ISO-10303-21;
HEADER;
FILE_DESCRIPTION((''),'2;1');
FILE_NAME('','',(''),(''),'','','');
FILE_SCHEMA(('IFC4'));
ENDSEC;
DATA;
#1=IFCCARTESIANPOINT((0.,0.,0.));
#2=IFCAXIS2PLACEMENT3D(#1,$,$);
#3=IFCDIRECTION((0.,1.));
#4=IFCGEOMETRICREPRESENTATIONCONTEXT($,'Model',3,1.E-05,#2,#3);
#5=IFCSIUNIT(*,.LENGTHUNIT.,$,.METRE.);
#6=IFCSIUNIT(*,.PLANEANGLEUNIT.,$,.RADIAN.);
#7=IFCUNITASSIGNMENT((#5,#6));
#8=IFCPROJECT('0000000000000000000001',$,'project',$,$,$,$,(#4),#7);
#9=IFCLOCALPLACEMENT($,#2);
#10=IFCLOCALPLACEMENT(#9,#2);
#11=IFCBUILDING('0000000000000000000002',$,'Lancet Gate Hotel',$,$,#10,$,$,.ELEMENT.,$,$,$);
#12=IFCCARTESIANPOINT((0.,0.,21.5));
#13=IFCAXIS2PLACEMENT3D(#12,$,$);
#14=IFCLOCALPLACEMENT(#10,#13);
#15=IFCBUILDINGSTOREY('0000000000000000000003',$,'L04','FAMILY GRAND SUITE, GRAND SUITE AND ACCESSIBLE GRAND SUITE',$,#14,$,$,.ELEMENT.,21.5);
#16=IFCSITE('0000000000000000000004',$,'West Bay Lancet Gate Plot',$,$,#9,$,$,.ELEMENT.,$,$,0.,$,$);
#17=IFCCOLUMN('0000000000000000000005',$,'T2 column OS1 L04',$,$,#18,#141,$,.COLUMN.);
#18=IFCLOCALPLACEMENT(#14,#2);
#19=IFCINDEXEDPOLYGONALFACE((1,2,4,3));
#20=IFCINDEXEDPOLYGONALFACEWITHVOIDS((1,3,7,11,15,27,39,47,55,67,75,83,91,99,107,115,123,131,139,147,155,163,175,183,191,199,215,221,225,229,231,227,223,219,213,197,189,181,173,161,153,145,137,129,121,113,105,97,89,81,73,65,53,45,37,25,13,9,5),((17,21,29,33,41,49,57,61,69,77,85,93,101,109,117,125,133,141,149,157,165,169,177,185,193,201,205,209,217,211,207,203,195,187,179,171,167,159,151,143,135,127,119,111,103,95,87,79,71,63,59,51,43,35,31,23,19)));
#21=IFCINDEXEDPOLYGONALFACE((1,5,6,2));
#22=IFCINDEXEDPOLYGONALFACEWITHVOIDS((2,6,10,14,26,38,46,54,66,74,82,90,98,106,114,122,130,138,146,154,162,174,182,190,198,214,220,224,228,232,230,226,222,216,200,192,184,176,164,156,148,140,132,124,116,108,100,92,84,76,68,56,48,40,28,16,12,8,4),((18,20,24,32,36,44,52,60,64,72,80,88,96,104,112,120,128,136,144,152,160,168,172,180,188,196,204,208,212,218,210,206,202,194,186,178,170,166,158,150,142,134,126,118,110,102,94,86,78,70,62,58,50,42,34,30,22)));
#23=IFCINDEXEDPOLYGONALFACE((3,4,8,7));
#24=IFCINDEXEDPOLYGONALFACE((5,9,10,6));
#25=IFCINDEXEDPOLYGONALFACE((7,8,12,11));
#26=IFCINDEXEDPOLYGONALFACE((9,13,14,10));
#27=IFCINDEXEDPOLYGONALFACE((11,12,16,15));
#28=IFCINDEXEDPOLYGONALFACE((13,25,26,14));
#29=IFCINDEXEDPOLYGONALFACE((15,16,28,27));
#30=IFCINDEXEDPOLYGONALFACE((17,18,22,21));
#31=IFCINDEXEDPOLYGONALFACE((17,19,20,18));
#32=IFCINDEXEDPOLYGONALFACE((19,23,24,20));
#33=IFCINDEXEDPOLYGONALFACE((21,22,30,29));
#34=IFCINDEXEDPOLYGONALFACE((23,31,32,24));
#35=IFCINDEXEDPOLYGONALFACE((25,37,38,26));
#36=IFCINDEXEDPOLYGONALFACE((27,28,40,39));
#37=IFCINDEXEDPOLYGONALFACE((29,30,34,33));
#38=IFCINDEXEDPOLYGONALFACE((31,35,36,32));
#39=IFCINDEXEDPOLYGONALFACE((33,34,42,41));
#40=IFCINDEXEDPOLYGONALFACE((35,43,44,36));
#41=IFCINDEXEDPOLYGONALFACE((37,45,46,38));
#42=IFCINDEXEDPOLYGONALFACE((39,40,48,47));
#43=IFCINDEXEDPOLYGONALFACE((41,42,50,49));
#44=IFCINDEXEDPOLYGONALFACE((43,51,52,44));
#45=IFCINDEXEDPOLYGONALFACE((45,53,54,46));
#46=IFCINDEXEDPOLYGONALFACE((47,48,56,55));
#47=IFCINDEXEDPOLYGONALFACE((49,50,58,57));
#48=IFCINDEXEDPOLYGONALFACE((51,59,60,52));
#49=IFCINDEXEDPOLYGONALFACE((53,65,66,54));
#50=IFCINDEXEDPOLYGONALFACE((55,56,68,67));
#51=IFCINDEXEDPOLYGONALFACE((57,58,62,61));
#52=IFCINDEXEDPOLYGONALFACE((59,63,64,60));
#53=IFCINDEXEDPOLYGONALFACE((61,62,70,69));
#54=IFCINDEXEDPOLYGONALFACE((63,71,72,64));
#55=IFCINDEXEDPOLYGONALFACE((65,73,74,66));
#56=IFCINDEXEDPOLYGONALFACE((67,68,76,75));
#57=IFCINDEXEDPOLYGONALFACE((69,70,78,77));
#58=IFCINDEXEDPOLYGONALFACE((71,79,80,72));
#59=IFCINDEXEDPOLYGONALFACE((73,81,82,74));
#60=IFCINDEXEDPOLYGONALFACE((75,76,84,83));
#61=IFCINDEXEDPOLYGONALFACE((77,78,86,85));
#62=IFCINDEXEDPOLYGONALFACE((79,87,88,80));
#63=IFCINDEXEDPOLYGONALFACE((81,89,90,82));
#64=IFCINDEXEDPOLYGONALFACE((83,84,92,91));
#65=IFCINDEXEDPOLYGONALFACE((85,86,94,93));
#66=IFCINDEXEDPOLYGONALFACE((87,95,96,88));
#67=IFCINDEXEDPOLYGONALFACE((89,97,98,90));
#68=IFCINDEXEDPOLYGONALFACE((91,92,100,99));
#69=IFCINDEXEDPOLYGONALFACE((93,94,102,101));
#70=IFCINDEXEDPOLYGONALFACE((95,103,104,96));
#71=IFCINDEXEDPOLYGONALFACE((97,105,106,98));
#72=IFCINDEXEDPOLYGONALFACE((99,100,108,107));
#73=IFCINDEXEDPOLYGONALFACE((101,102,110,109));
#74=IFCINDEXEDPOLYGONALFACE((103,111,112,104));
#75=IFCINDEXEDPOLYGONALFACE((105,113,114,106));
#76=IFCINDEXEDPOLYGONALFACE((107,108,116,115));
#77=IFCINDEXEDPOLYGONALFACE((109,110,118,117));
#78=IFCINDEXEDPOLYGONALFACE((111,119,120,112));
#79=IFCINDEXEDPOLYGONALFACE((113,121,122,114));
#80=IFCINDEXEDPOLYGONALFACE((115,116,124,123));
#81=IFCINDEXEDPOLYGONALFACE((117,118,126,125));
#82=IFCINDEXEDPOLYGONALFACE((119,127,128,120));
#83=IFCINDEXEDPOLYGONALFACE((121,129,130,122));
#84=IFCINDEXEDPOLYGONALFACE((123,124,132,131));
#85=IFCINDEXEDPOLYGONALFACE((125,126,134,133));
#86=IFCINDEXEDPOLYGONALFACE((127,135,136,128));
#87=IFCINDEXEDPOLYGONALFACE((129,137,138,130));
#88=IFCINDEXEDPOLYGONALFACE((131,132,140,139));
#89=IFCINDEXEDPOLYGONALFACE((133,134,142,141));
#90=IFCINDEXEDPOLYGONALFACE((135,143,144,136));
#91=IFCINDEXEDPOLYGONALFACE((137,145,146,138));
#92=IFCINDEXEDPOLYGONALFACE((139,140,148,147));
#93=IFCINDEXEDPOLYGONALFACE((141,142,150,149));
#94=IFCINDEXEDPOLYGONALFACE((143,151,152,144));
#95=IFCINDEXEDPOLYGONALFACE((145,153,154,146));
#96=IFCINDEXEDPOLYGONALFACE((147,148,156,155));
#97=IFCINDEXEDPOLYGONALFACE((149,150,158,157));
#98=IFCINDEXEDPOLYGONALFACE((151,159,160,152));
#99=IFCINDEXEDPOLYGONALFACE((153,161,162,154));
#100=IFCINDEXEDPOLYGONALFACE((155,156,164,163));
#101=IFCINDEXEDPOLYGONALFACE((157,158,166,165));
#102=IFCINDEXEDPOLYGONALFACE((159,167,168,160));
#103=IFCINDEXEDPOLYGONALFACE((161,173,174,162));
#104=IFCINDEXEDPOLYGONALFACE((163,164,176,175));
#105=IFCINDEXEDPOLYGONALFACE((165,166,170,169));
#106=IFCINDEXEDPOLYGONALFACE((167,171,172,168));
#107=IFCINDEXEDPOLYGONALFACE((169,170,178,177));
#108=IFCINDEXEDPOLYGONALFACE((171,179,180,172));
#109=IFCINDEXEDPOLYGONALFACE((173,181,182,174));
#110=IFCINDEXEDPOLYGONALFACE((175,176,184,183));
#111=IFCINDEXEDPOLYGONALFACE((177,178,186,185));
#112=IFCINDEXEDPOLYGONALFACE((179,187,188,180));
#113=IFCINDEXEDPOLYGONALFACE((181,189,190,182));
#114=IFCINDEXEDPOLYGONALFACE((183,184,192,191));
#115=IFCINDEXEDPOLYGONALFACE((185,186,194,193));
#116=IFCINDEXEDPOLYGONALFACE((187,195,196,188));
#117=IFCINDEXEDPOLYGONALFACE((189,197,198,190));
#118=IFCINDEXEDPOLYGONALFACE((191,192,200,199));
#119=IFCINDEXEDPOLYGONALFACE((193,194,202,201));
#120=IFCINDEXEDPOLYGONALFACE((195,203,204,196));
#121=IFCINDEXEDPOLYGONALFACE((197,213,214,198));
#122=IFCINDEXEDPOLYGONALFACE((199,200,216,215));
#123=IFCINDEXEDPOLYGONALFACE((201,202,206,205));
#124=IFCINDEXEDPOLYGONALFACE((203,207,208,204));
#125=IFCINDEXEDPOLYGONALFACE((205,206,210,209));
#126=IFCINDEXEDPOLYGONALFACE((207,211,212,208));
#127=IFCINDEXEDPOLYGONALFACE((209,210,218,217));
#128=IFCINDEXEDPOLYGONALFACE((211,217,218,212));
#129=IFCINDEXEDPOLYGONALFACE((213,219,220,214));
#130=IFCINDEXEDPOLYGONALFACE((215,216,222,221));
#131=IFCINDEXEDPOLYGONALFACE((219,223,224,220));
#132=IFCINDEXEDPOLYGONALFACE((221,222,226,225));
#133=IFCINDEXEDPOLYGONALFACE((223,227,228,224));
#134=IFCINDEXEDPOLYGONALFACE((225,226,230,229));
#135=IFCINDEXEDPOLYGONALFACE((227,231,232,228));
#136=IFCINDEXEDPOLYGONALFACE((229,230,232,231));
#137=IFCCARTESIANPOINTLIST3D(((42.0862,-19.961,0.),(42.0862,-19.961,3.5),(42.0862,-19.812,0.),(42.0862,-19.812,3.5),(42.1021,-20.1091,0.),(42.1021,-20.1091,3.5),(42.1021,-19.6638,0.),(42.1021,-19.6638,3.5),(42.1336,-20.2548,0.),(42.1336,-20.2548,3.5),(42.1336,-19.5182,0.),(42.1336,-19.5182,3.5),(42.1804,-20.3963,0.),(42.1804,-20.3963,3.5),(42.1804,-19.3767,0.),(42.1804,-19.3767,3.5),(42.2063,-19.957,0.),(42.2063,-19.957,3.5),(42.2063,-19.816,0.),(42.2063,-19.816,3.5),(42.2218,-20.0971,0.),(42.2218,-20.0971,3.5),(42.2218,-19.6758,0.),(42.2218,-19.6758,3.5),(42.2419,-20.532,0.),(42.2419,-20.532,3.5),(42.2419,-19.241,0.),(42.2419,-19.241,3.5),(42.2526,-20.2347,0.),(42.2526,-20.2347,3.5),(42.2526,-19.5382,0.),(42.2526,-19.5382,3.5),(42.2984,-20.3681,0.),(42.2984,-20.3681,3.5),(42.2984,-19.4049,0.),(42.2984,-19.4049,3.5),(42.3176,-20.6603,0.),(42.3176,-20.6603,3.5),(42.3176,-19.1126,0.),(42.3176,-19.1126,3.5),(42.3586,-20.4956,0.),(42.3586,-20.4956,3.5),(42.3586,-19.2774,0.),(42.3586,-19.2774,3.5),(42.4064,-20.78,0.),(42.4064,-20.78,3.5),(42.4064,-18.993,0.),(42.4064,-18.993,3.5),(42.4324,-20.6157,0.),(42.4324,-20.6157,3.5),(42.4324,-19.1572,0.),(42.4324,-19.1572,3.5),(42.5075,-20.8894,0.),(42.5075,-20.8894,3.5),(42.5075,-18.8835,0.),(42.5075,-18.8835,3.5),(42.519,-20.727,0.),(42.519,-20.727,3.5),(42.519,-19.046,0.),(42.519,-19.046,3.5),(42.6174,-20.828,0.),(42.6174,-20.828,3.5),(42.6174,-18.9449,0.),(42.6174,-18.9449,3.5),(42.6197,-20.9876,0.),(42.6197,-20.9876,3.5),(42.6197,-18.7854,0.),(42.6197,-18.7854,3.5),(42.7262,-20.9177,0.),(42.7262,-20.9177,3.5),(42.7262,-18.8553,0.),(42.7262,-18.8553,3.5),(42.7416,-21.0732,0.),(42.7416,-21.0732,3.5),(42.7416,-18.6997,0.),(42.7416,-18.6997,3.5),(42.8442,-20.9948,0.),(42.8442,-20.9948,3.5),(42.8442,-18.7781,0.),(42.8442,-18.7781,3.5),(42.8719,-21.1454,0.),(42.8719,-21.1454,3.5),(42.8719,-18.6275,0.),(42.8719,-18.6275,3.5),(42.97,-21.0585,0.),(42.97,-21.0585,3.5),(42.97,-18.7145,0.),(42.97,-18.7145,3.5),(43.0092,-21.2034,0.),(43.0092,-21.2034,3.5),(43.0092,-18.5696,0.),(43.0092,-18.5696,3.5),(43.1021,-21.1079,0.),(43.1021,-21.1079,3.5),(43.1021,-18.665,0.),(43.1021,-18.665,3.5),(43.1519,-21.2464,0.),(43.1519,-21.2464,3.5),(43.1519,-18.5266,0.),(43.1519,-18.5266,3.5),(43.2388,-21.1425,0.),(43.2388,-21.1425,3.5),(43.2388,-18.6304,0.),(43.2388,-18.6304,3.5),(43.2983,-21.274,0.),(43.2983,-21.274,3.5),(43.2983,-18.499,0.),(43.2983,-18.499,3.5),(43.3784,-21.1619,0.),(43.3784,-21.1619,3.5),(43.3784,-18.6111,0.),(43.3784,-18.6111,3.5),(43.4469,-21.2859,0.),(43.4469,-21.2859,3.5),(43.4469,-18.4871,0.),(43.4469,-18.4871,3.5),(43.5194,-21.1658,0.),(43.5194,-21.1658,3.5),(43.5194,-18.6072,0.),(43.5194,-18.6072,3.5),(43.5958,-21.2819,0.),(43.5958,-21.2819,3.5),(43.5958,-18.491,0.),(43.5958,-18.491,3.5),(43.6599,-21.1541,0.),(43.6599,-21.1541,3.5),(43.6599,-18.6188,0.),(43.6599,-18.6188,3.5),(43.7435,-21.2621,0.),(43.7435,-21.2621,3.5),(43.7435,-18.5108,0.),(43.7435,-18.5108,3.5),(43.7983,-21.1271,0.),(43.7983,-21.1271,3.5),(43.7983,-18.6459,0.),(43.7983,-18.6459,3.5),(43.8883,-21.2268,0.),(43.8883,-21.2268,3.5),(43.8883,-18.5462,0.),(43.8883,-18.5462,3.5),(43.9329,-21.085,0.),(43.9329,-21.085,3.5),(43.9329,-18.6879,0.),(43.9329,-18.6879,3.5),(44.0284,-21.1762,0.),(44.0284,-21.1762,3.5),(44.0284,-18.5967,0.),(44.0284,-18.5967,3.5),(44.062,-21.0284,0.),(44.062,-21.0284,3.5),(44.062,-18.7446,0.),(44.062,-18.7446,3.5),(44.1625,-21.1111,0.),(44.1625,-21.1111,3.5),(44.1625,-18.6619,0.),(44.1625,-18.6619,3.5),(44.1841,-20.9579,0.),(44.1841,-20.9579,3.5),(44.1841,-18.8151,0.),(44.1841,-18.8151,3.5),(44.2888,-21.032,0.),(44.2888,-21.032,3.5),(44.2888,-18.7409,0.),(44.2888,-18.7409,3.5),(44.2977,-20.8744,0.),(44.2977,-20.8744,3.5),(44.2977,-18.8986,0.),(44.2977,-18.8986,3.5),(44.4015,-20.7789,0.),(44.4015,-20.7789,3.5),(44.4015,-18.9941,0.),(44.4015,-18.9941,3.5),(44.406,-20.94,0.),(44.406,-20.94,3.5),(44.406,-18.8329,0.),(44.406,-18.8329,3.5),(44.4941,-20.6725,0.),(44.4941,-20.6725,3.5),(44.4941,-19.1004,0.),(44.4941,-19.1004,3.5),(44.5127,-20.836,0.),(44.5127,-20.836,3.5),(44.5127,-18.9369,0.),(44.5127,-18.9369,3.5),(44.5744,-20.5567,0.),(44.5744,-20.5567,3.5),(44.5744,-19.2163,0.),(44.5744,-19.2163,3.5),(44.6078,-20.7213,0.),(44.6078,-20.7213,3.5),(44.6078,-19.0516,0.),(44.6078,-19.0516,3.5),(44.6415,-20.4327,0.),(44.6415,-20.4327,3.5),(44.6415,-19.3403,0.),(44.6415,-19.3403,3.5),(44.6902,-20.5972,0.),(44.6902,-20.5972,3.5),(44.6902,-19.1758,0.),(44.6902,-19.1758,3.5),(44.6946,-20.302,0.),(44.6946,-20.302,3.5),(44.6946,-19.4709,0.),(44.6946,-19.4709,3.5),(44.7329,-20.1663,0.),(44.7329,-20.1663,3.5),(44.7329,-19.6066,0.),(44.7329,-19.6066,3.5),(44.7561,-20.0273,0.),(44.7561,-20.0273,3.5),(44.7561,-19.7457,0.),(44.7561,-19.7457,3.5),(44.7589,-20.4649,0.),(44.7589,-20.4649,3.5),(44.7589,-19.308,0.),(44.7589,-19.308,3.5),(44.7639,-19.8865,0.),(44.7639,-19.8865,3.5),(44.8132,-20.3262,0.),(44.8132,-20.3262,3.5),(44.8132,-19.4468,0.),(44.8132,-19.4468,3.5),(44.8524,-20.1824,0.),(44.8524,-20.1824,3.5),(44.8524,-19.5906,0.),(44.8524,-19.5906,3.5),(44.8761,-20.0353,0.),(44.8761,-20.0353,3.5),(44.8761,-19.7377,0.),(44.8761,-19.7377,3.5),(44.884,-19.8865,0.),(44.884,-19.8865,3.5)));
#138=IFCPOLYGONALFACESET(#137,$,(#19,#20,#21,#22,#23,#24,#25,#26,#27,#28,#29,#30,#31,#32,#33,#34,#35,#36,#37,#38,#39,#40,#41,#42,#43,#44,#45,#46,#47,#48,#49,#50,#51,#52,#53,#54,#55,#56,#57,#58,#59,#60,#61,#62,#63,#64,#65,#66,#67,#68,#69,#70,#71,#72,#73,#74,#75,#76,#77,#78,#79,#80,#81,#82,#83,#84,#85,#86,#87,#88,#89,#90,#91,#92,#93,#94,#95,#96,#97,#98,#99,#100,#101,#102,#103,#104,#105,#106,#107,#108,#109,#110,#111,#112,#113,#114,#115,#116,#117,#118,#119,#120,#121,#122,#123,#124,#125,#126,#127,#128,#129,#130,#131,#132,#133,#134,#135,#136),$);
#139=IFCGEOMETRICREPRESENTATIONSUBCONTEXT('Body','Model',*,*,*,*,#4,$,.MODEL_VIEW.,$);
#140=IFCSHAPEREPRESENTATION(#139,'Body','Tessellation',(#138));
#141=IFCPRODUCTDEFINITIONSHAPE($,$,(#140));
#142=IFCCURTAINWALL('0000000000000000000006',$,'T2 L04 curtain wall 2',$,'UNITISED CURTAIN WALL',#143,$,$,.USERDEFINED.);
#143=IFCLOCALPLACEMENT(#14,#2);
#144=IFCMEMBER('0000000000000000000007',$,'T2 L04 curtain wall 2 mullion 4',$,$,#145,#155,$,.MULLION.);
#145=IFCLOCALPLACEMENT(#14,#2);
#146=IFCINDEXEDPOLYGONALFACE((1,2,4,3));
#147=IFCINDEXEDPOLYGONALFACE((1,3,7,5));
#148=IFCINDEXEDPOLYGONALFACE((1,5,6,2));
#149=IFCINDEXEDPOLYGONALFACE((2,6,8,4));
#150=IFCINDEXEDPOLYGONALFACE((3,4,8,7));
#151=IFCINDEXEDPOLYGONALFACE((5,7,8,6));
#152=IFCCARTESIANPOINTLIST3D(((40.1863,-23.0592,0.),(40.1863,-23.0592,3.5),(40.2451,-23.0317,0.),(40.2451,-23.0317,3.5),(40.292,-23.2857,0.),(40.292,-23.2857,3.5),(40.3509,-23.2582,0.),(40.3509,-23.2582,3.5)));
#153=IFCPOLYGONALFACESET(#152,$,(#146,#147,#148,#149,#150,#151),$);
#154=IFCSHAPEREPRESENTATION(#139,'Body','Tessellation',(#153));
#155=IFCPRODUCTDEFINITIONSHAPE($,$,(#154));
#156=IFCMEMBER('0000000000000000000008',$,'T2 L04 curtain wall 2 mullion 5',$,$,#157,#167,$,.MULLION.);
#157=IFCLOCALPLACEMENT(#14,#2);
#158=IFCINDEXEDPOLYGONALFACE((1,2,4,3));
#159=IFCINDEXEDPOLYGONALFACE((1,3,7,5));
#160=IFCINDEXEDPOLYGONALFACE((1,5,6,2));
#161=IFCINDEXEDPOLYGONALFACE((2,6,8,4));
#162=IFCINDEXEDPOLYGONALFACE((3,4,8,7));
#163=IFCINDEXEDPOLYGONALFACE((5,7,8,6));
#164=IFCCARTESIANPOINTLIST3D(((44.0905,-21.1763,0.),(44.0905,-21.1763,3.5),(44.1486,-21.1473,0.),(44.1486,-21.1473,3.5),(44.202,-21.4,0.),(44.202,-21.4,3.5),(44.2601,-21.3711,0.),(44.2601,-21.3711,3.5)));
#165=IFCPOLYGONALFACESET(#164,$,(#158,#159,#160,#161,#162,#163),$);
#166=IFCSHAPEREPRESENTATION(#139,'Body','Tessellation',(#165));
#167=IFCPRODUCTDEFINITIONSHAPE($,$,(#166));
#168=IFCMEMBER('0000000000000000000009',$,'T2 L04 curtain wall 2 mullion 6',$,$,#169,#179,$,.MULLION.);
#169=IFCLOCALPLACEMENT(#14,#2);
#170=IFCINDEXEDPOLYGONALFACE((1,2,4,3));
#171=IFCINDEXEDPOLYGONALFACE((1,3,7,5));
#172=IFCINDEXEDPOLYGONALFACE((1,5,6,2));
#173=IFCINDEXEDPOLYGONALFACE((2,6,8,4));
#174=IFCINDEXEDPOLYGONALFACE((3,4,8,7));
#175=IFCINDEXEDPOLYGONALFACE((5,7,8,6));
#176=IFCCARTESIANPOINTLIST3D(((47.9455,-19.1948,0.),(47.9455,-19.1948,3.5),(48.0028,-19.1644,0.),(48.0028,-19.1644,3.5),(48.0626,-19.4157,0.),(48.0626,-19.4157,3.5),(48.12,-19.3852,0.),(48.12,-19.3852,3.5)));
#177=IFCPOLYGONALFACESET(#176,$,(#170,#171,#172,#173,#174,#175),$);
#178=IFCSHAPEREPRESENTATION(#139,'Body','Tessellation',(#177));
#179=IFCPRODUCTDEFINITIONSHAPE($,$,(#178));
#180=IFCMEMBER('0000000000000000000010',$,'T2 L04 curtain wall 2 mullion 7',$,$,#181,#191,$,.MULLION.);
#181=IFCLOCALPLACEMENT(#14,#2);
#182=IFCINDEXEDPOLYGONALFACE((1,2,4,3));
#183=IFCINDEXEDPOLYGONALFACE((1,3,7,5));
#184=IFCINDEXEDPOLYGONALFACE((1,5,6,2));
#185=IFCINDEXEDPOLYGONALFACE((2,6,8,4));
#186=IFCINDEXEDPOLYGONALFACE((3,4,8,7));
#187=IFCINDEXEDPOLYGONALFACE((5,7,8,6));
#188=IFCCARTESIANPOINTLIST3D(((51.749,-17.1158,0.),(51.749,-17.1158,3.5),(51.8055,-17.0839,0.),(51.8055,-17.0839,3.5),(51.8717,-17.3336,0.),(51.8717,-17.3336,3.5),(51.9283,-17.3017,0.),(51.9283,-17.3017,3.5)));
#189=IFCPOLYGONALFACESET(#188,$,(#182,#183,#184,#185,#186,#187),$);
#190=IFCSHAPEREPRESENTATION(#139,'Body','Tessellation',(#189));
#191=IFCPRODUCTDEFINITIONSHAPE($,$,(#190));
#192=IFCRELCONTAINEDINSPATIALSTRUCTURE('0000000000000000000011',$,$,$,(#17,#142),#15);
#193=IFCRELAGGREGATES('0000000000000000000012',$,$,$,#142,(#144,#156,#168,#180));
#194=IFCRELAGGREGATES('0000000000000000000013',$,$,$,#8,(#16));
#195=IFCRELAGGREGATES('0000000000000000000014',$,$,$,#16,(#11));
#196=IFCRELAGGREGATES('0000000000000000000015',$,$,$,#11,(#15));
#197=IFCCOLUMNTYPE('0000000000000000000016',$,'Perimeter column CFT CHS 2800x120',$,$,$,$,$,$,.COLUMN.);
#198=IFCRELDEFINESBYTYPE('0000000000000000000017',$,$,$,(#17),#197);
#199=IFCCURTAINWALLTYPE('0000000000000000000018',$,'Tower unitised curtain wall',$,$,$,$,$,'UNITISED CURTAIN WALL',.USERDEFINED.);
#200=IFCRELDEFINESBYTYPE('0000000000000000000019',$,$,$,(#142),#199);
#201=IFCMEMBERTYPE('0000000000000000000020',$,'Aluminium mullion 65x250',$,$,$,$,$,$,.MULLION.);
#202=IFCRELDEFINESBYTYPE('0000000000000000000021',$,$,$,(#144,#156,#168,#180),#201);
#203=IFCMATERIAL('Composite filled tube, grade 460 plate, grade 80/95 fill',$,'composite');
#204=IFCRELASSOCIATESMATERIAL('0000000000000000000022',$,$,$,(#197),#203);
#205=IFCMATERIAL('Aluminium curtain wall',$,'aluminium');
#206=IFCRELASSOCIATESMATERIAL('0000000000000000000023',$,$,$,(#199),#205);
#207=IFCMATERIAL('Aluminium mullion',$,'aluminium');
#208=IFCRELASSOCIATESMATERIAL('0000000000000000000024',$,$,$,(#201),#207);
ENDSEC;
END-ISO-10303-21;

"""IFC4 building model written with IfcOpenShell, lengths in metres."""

from ifc_helpers import new_model, si_unit, direction, frame, origin, origin_2d, place, context, subcontext, project, spatial, rectangle, hollow_circle, extrude, material, material_profile, profile_set, type_object, element, aggregate, save


model = new_model("IFC4")

# Units and contexts
model_context = context("Model", 3, precision=1e-05, world=origin(), true_north=direction((0.0, 1.0)))
body_context = subcontext(model_context, "Body", "Model", "MODEL_VIEW")
ifc_project = project(units=[si_unit("LENGTHUNIT", "METRE"), si_unit("PLANEANGLEUNIT", "RADIAN")], contexts=[model_context])

# Site, building, storey
site_placement = place(None, origin())
site = spatial("IfcSite", under=ifc_project, at=site_placement, Name="West Bay Lancet Gate Plot", CompositionType="ELEMENT", RefElevation=0.0)
building_placement = place(site_placement, origin())
building = spatial("IfcBuilding", under=site, at=building_placement, Name="Lancet Gate Hotel", CompositionType="ELEMENT")
storey_placement = place(building_placement, frame((0.0, 0.0, 21.5)))
storey = spatial("IfcBuildingStorey", under=building, at=storey_placement, Name="L04", Description="FAMILY GRAND SUITE, GRAND SUITE AND ACCESSIBLE GRAND SUITE", CompositionType="ELEMENT", Elevation=21.5)

# Column
ifc_material_1 = material(Name="Composite filled tube, grade 460 plate, grade 80/95 fill", Category="composite")
ifc_material_profile_1 = material_profile(ifc_material_1, hollow_circle(Radius=1.3999, WallThickness=0.1201, at=origin_2d()), Name="CHS 2800x120")
ifc_profile_set_1 = profile_set([ifc_material_profile_1], Name="Composite filled tube, grade 460 plate, grade 80/95 fill")
column_type = type_object("IfcColumnType", Name="Perimeter column CFT CHS 2800x120", PredefinedType="COLUMN", material=ifc_profile_set_1)
column_placement = place(storey_placement, frame((43.4841, -19.8865, 0.0), z_axis=(0.0, 0.0, 1.0), x_axis=(1.0, 0.0, 0.0)))
element("IfcColumn", 1, at=column_placement, inside=storey, type_object=column_type, Name="T2 column OS1 L04", PredefinedType="COLUMN", context=body_context, shape_type="SweptSolid", body=[
    extrude(hollow_circle(Radius=1.3999, WallThickness=0.1201, at=origin_2d()), origin(), (0.0, 0.0, 1.0), 3.5),
])

# Curtain wall, members
ifc_material_2 = material(Name="Aluminium curtain wall", Category="aluminium")
curtain_wall_type = type_object("IfcCurtainWallType", Name="Tower unitised curtain wall", ElementType="UNITISED CURTAIN WALL", PredefinedType="USERDEFINED", material=ifc_material_2)
curtain_wall_placement = place(storey_placement, origin())
curtain_wall = element("IfcCurtainWall", 2, at=curtain_wall_placement, inside=storey, type_object=curtain_wall_type, Name="T2 L04 curtain wall 2", ObjectType="UNITISED CURTAIN WALL", PredefinedType="USERDEFINED")
ifc_material_3 = material(Name="Aluminium mullion", Category="aluminium")
ifc_material_profile_2 = material_profile(ifc_material_3, rectangle(XDim=0.0649, YDim=0.25, at=origin_2d()), Name="MULLION 65x250")
ifc_profile_set_2 = profile_set([ifc_material_profile_2], Name="Aluminium mullion")
member_type_1 = type_object("IfcMemberType", Name="Aluminium mullion 65x250", PredefinedType="MULLION", material=ifc_profile_set_2)
member_1_placement = place(storey_placement, frame((40.2686, -23.1587, 0.0), z_axis=(0.0, 0.0, 1.0), x_axis=(0.906105, 0.423053, 0.0)))
member_1 = element("IfcMember", 3, at=member_1_placement, type_object=member_type_1, Name="T2 L04 curtain wall 2 mullion 4", PredefinedType="MULLION", context=body_context, shape_type="SweptSolid", body=[
    extrude(rectangle(XDim=0.0649, YDim=0.25, at=origin_2d()), origin(), (0.0, 0.0, 1.0), 3.5),
])
member_2_placement = place(storey_placement, frame((44.1753, -21.2737, 0.0), z_axis=(0.0, 0.0, 1.0), x_axis=(0.895044, 0.445978, 0.0)))
member_2 = element("IfcMember", 4, at=member_2_placement, type_object=member_type_1, Name="T2 L04 curtain wall 2 mullion 5", PredefinedType="MULLION", context=body_context, shape_type="SweptSolid", body=[
    extrude(rectangle(XDim=0.0649, YDim=0.25, at=origin_2d()), origin(), (0.0, 0.0, 1.0), 3.5),
])
member_3_placement = place(storey_placement, frame((48.0327, -19.29, 0.0), z_axis=(0.0, 0.0, 1.0), x_axis=(0.883403, 0.468613, 0.0)))
member_3 = element("IfcMember", 5, at=member_3_placement, type_object=member_type_1, Name="T2 L04 curtain wall 2 mullion 6", PredefinedType="MULLION", context=body_context, shape_type="SweptSolid", body=[
    extrude(rectangle(XDim=0.0649, YDim=0.25, at=origin_2d()), origin(), (0.0, 0.0, 1.0), 3.5),
])
member_4_placement = place(storey_placement, frame((51.8386, -17.2087, 0.0), z_axis=(0.0, 0.0, 1.0), x_axis=(0.87119, 0.490945, 0.0)))
member_4 = element("IfcMember", 6, at=member_4_placement, type_object=member_type_1, Name="T2 L04 curtain wall 2 mullion 7", PredefinedType="MULLION", context=body_context, shape_type="SweptSolid", body=[
    extrude(rectangle(XDim=0.0649, YDim=0.25, at=origin_2d()), origin(), (0.0, 0.0, 1.0), 3.5),
])

aggregate(curtain_wall, [member_1, member_2, member_3, member_4])

save(model, "model.ifc")
